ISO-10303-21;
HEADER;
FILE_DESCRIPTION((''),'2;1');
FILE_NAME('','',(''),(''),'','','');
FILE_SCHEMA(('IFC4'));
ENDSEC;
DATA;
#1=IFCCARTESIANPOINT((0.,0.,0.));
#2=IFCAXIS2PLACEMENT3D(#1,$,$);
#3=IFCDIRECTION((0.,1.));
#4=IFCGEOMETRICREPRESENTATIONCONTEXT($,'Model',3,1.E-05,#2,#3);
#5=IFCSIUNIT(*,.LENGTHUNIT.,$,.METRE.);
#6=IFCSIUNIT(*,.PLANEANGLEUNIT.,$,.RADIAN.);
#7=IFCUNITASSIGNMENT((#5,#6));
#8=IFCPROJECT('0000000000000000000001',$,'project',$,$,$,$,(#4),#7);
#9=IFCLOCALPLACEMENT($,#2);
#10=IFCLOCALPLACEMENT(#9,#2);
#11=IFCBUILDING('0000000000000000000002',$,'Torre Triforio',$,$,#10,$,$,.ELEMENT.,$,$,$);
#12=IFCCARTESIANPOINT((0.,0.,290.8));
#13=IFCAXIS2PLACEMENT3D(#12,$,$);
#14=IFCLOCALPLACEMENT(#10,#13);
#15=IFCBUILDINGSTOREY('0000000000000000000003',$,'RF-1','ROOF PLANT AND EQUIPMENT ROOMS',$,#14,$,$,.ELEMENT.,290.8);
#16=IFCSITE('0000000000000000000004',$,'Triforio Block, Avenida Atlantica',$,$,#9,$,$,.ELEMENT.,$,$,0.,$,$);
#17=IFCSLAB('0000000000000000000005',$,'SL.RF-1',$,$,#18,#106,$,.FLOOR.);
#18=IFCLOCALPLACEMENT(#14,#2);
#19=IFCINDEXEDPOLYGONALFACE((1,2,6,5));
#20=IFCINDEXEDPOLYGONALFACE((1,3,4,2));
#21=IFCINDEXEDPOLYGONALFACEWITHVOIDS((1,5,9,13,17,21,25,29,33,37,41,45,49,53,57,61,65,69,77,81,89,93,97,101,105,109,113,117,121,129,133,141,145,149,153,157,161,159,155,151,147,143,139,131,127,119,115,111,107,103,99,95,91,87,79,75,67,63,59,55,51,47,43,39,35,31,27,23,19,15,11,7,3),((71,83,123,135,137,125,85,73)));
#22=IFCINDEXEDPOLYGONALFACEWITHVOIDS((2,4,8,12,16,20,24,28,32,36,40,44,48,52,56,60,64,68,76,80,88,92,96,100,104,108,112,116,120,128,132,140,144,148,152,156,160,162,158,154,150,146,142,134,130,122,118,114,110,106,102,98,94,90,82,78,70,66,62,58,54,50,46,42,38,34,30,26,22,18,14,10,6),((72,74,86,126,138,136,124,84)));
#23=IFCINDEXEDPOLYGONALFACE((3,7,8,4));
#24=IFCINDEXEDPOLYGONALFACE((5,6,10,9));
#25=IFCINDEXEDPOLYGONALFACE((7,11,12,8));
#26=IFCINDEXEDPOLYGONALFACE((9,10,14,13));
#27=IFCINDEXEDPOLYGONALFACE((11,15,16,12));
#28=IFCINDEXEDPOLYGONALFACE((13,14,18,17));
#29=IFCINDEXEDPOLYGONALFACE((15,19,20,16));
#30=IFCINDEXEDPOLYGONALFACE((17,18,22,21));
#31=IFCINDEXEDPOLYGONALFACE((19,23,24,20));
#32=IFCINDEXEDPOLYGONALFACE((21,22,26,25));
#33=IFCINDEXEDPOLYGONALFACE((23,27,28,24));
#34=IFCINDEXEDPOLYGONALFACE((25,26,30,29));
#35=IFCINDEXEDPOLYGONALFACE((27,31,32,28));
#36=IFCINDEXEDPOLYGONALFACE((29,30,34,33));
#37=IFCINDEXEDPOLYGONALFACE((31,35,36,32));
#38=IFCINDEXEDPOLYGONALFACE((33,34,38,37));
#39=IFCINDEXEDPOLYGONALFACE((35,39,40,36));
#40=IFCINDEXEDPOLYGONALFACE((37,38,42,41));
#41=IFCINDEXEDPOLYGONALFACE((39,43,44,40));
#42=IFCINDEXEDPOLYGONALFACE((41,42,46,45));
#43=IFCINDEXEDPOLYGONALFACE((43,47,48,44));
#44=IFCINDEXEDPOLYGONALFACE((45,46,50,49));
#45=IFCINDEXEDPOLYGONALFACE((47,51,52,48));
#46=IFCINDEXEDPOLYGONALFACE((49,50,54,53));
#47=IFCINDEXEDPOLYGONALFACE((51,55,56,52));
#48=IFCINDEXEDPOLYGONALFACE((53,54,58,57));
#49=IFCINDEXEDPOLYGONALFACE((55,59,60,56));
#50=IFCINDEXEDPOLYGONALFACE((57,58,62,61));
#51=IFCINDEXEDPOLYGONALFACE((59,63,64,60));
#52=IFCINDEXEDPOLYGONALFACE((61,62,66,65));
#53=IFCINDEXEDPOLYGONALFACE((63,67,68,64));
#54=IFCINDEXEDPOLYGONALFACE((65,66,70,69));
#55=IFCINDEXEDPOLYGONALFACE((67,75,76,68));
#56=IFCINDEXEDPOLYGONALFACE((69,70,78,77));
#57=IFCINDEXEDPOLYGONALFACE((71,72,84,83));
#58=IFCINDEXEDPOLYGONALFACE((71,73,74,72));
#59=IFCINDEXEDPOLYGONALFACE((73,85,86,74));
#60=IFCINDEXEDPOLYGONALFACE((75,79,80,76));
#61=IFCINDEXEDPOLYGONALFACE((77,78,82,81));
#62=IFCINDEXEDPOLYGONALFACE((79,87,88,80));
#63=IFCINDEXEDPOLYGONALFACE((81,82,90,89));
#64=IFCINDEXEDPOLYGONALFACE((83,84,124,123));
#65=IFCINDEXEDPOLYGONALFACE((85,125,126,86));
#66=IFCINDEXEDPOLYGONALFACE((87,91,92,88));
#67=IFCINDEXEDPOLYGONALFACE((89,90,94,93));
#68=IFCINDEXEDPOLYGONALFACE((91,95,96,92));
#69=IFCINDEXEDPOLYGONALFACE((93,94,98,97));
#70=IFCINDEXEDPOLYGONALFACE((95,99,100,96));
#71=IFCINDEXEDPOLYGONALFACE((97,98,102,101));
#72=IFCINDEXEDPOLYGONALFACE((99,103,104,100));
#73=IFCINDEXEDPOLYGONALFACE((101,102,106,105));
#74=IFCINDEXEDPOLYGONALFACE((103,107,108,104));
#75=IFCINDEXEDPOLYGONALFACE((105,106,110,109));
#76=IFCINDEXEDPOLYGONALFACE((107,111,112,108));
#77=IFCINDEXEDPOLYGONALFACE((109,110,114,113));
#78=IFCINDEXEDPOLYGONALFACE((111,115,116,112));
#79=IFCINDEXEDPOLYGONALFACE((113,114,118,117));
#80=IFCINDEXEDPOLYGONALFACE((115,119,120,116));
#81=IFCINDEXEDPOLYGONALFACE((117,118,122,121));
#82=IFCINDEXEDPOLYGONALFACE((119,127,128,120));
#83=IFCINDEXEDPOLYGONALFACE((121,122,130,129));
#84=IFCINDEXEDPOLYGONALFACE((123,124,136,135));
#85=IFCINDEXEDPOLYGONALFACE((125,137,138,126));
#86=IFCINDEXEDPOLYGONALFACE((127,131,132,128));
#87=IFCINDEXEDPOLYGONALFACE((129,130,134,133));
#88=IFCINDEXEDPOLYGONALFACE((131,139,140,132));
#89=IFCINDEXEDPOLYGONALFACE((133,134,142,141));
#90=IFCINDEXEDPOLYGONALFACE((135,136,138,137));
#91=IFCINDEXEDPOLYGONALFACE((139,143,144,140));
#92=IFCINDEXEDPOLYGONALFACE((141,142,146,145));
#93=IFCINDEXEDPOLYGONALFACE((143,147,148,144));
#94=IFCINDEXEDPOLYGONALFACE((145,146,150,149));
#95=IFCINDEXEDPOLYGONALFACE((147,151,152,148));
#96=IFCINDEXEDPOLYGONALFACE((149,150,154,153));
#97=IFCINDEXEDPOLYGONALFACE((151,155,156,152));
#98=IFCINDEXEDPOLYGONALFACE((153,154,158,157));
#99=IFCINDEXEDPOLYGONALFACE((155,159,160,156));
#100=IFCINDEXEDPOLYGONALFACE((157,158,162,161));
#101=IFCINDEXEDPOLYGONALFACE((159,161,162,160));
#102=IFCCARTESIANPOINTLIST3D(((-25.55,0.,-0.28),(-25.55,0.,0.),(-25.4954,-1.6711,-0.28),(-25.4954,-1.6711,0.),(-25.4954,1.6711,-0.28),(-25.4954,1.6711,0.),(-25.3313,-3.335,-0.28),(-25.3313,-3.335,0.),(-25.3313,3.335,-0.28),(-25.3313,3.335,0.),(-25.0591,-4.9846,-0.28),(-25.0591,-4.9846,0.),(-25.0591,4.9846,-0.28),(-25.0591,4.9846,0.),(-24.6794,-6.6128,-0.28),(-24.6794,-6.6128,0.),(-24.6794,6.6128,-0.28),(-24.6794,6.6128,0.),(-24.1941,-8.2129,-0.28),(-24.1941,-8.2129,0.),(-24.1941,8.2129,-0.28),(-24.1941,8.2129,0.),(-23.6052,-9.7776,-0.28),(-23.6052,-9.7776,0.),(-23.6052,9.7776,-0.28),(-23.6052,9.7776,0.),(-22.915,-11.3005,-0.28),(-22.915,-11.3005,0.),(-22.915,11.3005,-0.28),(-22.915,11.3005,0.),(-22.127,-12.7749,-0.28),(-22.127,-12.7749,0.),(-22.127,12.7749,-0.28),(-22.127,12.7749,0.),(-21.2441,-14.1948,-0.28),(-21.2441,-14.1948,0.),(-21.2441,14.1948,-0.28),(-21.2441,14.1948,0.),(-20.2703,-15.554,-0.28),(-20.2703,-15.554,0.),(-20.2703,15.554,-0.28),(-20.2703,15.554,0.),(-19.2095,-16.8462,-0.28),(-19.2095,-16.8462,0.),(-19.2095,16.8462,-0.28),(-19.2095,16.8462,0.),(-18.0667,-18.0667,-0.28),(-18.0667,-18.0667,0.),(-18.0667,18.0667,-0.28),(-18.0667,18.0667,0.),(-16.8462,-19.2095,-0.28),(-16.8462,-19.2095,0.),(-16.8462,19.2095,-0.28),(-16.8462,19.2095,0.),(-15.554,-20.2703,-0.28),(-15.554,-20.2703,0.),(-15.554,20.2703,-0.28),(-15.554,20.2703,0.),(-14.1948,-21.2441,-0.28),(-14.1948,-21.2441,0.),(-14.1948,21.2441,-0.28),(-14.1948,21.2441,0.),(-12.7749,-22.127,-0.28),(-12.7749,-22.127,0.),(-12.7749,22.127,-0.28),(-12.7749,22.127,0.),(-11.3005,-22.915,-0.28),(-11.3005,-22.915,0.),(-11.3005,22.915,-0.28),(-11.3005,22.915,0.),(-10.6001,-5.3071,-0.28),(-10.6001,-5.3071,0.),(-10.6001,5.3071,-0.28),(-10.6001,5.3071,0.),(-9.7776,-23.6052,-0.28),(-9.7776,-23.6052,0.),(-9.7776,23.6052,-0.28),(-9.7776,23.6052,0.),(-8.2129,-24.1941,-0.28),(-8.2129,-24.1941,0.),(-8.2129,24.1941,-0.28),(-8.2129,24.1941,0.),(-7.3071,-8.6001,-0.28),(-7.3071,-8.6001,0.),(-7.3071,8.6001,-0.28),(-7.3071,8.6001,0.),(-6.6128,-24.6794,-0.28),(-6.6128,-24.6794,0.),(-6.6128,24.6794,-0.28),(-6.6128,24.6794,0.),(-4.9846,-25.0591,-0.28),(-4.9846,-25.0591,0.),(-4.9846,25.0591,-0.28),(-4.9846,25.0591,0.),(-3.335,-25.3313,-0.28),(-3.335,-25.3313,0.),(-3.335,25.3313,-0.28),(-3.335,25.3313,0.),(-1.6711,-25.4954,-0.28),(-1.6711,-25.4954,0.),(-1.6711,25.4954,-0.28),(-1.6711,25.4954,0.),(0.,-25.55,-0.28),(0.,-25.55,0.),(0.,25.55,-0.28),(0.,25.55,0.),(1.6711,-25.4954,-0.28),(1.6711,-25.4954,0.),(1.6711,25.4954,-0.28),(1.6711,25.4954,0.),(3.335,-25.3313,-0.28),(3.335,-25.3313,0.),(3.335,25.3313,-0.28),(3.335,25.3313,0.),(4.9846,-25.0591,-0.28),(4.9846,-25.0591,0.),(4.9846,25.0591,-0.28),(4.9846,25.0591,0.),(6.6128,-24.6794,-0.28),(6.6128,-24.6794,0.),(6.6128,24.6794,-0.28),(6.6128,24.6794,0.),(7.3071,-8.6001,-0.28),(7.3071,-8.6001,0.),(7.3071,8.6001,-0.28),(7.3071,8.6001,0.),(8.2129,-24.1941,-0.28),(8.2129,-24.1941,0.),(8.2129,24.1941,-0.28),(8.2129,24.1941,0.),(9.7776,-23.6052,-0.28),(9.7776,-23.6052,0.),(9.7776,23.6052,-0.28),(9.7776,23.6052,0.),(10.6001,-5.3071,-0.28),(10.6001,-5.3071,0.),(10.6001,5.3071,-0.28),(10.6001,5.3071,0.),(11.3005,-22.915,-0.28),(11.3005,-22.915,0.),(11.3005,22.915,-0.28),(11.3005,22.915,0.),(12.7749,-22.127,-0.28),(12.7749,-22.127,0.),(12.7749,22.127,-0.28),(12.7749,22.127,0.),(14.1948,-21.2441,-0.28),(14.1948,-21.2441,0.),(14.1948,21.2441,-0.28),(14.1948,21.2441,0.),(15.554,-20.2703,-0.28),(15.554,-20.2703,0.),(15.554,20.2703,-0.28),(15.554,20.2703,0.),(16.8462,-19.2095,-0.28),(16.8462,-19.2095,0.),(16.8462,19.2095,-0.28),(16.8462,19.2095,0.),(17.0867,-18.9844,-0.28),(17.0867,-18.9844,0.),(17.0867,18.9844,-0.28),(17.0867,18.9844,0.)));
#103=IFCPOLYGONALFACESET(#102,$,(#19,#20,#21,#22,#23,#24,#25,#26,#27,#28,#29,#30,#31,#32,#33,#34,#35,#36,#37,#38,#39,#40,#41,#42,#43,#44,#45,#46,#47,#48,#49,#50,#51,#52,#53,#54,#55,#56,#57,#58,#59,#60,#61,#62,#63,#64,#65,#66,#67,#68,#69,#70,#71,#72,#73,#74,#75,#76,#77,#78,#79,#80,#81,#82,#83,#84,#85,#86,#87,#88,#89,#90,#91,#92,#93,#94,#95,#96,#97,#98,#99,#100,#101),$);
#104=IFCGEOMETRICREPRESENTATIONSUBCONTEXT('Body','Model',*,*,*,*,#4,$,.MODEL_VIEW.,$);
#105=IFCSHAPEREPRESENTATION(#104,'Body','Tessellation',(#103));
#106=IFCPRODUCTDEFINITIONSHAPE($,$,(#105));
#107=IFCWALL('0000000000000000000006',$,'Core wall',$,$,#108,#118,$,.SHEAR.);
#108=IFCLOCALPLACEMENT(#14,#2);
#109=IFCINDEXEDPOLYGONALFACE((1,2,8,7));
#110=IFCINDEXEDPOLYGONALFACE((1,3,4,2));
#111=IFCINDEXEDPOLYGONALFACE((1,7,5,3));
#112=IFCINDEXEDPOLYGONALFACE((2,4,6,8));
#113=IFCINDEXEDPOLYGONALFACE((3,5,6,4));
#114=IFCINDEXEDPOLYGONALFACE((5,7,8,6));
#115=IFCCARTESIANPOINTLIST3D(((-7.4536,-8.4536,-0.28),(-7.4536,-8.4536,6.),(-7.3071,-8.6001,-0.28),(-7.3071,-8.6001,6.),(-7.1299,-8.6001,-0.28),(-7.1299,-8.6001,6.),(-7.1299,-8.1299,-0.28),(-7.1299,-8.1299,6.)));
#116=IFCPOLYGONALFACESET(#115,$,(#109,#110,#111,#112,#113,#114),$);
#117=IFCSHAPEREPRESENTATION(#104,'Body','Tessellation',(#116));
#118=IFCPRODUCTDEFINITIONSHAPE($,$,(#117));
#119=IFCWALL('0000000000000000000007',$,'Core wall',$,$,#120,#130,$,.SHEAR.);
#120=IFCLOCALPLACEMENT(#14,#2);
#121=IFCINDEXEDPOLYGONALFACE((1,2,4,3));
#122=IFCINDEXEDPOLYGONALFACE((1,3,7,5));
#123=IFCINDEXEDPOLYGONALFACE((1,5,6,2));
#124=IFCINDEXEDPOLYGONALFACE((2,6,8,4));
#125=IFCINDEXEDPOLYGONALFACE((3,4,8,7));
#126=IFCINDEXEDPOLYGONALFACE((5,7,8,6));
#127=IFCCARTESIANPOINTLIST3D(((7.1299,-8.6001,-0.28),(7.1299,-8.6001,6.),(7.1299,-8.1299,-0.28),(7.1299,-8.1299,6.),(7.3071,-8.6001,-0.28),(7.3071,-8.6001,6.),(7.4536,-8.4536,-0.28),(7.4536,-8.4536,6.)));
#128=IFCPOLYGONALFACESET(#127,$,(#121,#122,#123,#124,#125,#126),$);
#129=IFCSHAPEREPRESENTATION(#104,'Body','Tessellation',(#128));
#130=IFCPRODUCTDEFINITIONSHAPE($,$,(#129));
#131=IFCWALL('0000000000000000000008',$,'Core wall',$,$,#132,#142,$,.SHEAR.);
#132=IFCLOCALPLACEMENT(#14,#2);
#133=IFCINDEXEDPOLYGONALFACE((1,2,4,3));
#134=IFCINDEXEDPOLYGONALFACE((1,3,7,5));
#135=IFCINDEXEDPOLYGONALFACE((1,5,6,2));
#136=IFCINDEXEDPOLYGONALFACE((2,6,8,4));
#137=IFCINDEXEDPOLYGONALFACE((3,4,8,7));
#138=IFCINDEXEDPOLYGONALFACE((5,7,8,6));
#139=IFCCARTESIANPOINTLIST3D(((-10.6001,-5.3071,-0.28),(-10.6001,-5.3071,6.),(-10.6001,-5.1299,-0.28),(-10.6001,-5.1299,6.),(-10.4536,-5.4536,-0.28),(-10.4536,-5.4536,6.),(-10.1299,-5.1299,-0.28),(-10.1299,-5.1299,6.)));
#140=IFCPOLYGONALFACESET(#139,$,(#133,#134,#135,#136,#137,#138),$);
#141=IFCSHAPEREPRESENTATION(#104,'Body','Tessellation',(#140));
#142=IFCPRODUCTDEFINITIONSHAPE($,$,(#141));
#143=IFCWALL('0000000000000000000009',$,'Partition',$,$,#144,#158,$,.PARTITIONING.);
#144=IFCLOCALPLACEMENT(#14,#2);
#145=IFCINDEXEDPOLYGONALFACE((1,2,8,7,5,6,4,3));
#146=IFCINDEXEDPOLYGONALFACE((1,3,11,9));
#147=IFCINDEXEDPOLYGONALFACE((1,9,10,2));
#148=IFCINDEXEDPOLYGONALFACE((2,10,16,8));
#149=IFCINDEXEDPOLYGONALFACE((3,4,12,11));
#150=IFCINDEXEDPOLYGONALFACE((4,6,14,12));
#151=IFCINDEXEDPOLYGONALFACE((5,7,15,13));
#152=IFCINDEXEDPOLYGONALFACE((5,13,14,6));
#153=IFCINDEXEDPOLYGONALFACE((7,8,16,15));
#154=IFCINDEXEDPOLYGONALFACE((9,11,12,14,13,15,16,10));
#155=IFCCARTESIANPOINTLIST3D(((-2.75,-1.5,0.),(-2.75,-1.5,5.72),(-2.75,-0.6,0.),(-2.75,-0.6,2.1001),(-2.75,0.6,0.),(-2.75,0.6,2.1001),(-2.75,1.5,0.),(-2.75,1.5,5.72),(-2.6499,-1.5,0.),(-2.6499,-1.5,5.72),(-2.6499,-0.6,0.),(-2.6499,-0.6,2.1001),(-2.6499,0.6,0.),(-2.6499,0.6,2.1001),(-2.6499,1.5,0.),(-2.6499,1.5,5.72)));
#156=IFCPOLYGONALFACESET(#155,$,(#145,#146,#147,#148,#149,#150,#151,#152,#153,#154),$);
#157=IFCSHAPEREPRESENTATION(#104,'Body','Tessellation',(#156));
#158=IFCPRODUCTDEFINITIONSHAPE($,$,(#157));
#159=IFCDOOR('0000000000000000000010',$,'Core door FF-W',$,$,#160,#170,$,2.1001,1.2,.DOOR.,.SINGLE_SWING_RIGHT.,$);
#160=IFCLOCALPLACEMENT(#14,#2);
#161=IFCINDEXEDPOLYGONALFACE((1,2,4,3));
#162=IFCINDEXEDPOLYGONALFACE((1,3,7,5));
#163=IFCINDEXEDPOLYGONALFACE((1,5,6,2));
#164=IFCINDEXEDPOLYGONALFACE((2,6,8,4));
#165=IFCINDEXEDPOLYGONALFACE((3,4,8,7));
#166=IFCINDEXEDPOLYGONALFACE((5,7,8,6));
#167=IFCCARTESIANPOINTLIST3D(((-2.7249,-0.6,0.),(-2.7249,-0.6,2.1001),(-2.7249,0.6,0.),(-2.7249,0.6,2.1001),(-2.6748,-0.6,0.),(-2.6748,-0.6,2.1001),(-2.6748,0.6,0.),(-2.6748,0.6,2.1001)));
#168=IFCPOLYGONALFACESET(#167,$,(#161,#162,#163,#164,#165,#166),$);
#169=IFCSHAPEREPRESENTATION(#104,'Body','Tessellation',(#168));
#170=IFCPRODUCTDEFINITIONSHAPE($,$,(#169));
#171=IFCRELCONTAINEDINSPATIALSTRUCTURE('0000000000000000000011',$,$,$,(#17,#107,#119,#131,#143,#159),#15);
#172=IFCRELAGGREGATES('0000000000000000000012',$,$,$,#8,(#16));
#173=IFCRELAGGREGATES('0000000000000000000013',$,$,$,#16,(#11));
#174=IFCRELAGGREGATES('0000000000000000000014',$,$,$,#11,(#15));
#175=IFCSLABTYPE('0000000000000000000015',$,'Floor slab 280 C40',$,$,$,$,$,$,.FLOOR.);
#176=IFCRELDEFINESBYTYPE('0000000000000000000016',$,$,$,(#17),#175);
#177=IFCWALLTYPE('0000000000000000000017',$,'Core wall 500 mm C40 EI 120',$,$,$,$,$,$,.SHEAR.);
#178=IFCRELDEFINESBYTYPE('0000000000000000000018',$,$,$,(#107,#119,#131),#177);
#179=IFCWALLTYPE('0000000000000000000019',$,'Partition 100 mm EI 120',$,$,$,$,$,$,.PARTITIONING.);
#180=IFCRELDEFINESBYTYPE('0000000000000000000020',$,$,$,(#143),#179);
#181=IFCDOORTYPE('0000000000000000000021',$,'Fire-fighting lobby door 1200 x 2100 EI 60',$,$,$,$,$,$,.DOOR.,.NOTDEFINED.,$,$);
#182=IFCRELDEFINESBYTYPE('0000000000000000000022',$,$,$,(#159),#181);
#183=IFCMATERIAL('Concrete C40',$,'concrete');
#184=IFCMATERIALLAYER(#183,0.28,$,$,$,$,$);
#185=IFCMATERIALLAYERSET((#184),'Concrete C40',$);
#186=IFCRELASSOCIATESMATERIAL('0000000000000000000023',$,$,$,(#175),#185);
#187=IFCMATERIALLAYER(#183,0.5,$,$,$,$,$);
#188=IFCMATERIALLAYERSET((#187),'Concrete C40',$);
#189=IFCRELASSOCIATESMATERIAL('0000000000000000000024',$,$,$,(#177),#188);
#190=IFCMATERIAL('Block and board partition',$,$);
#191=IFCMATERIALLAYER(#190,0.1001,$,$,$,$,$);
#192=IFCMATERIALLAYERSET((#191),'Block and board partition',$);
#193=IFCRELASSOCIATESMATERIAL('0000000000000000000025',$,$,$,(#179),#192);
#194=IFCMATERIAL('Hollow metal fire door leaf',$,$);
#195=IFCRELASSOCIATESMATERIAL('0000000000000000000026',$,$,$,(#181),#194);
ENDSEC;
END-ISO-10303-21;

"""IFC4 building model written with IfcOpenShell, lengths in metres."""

from ifc_helpers import new_model, si_unit, direction, frame, frame_2d, origin, place, context, subcontext, project, spatial, polyline, rectangle, outline, extrude, material, layer, layer_set, type_object, element, fill, save


model = new_model("IFC4")

# Units and contexts
model_context = context("Model", 3, precision=1e-05, world=origin(), true_north=direction((0.0, 1.0)))
body_context = subcontext(model_context, "Body", "Model", "MODEL_VIEW")
ifc_project = project(units=[si_unit("LENGTHUNIT", "METRE"), si_unit("PLANEANGLEUNIT", "RADIAN")], contexts=[model_context])

# Site, building, storey
site_placement = place(None, origin())
site = spatial("IfcSite", under=ifc_project, at=site_placement, Name="Triforio Block, Avenida Atlantica", CompositionType="ELEMENT", RefElevation=0.0)
building_placement = place(site_placement, origin())
building = spatial("IfcBuilding", under=site, at=building_placement, Name="Torre Triforio", CompositionType="ELEMENT")
storey_placement = place(building_placement, frame((0.0, 0.0, 290.8)))
storey = spatial("IfcBuildingStorey", under=building, at=storey_placement, Name="RF-1", Description="ROOF PLANT AND EQUIPMENT ROOMS", CompositionType="ELEMENT", Elevation=290.8)

# Slab
ifc_material_1 = material(Name="Concrete C40", Category="concrete")
ifc_layer_1 = layer(ifc_material_1, 0.28)
ifc_layer_set_1 = layer_set([ifc_layer_1], Name="Concrete C40")
slab_type = type_object("IfcSlabType", Name="Floor slab 280 C40", PredefinedType="FLOOR", material=ifc_layer_set_1)
slab_placement = place(storey_placement, frame((0.0, 0.0, -0.28)))
element("IfcSlab", 1, at=slab_placement, inside=storey, type_object=slab_type, Name="SL.RF-1", PredefinedType="FLOOR", context=body_context, shape_type="SweptSolid", body=[
    extrude(outline(polyline([(17.0867, -18.9844), (17.0867, 18.9844), (16.8462, 19.2095), (15.554, 20.2703), (14.1948, 21.2441), (12.7749, 22.127), (11.3005, 22.915), (9.7776, 23.6052), (8.2129, 24.1941), (6.6128, 24.6794), (4.9846, 25.0591), (3.335, 25.3313), (1.6711, 25.4954), (0.0, 25.55), (-1.6711, 25.4954), (-3.335, 25.3313), (-4.9846, 25.0591), (-6.6128, 24.6794), (-8.2129, 24.1941), (-9.7776, 23.6052), (-11.3005, 22.915), (-12.7749, 22.127), (-14.1948, 21.2441), (-15.554, 20.2703), (-16.8462, 19.2095), (-18.0667, 18.0667), (-19.2095, 16.8462), (-20.2703, 15.554), (-21.2441, 14.1948), (-22.127, 12.7749), (-22.915, 11.3005), (-23.6052, 9.7776), (-24.1941, 8.2129), (-24.6794, 6.6128), (-25.0591, 4.9846), (-25.3313, 3.335), (-25.4954, 1.6711), (-25.55, 0.0), (-25.4954, -1.6711), (-25.3313, -3.335), (-25.0591, -4.9846), (-24.6794, -6.6128), (-24.1941, -8.2129), (-23.6052, -9.7776), (-22.915, -11.3005), (-22.127, -12.7749), (-21.2441, -14.1948), (-20.2703, -15.554), (-19.2095, -16.8462), (-18.0667, -18.0667), (-16.8462, -19.2095), (-15.554, -20.2703), (-14.1948, -21.2441), (-12.7749, -22.127), (-11.3005, -22.915), (-9.7776, -23.6052), (-8.2129, -24.1941), (-6.6128, -24.6794), (-4.9846, -25.0591), (-3.335, -25.3313), (-1.6711, -25.4954), (0.0, -25.55), (1.6711, -25.4954), (3.335, -25.3313), (4.9846, -25.0591), (6.6128, -24.6794), (8.2129, -24.1941), (9.7776, -23.6052), (11.3005, -22.915), (12.7749, -22.127), (14.1948, -21.2441), (15.554, -20.2703), (16.8462, -19.2095), (17.0867, -18.9844)]), holes=[polyline([(10.6001, 5.3071), (10.6001, -5.3071), (7.3071, -8.6001), (-7.3071, -8.6001), (-10.6001, -5.3071), (-10.6001, 5.3071), (-7.3071, 8.6001), (7.3071, 8.6001), (10.6001, 5.3071)])]), origin(), (0.0, 0.0, 1.0), 0.28),
])

# Walls
ifc_layer_2 = layer(ifc_material_1, 0.5)
ifc_layer_set_2 = layer_set([ifc_layer_2], Name="Concrete C40")
wall_type_1 = type_object("IfcWallType", Name="Core wall 500 mm C40 EI 120", PredefinedType="SHEAR", material=ifc_layer_set_2)
wall_1_placement = place(storey_placement, frame((0.0, 0.0, -0.28)))
element("IfcWall", 2, at=wall_1_placement, inside=storey, type_object=wall_type_1, Name="Core wall", PredefinedType="SHEAR", context=body_context, shape_type="SweptSolid", body=[
    extrude(outline(polyline([(-7.3071, -8.6001), (-7.4536, -8.4536), (-7.1299, -8.1299), (-7.1299, -8.6001), (-7.3071, -8.6001)])), origin(), (0.0, 0.0, 1.0), 6.28),
])
wall_2_placement = place(storey_placement, frame((0.0, 0.0, -0.28)))
element("IfcWall", 3, at=wall_2_placement, inside=storey, type_object=wall_type_1, Name="Core wall", PredefinedType="SHEAR", context=body_context, shape_type="SweptSolid", body=[
    extrude(outline(polyline([(7.3071, -8.6001), (7.1299, -8.6001), (7.1299, -8.1299), (7.4536, -8.4536), (7.3071, -8.6001)])), origin(), (0.0, 0.0, 1.0), 6.28),
])
wall_3_placement = place(storey_placement, frame((0.0, 0.0, -0.28)))
element("IfcWall", 4, at=wall_3_placement, inside=storey, type_object=wall_type_1, Name="Core wall", PredefinedType="SHEAR", context=body_context, shape_type="SweptSolid", body=[
    extrude(outline(polyline([(-10.6001, -5.3071), (-10.6001, -5.1299), (-10.1299, -5.1299), (-10.4536, -5.4536), (-10.6001, -5.3071)])), origin(), (0.0, 0.0, 1.0), 6.28),
])

# Wall, opening, door
ifc_material_2 = material(Name="Block and board partition")
ifc_layer_3 = layer(ifc_material_2, 0.1001)
ifc_layer_set_3 = layer_set([ifc_layer_3], Name="Block and board partition")
wall_type_2 = type_object("IfcWallType", Name="Partition 100 mm EI 120", PredefinedType="PARTITIONING", material=ifc_layer_set_3)
wall_4_placement = place(storey_placement, frame((-2.7, -1.5, 0.0), z_axis=(0.0, 0.0, 1.0), x_axis=(0.0, 1.0, 0.0)))
wall_4 = element("IfcWall", 5, at=wall_4_placement, inside=storey, type_object=wall_type_2, Name="Partition", PredefinedType="PARTITIONING", context=body_context, shape_type="SweptSolid", body=[
    extrude(rectangle(XDim=3.0, YDim=0.1001, at=frame_2d((1.5, 0.0))), origin(), (0.0, 0.0, 1.0), 5.72),
])
opening_1_placement = place(wall_4_placement, frame((0.8999, 0.0, 0.0)))
opening_1 = element("IfcOpeningElement", 6, at=opening_1_placement, cuts=wall_4, PredefinedType="OPENING", context=body_context, shape_type="SweptSolid", body=[
    extrude(rectangle(XDim=1.2, YDim=2.1001, at=frame_2d((0.6001, 1.05))), frame((0.0, 0.0601, 0.0), z_axis=(0.0, -1.0, 0.0), x_axis=(1.0, 0.0, 0.0)), (0.0, 0.0, 1.0), 0.1201),
])
ifc_material_3 = material(Name="Hollow metal fire door leaf")
door_type_1 = type_object("IfcDoorType", Name="Fire-fighting lobby door 1200 x 2100 EI 60", OperationType="NOTDEFINED", PredefinedType="DOOR", material=ifc_material_3)
door_1_placement = place(opening_1_placement, origin())
door_1 = element("IfcDoor", 7, at=door_1_placement, inside=storey, type_object=door_type_1, Name="Core door FF-W", OperationType="SINGLE_SWING_RIGHT", OverallHeight=2.1001, OverallWidth=1.2, PredefinedType="DOOR", context=body_context, shape_type="SweptSolid", body=[
    extrude(rectangle(XDim=1.2, YDim=2.1001, at=frame_2d((0.6001, 1.05))), frame((0.0, 0.0249, 0.0), z_axis=(0.0, -1.0, 0.0), x_axis=(1.0, 0.0, 0.0)), (0.0, 0.0, 1.0), 0.05),
])
fill(opening_1, door_1)

save(model, "model.ifc")
